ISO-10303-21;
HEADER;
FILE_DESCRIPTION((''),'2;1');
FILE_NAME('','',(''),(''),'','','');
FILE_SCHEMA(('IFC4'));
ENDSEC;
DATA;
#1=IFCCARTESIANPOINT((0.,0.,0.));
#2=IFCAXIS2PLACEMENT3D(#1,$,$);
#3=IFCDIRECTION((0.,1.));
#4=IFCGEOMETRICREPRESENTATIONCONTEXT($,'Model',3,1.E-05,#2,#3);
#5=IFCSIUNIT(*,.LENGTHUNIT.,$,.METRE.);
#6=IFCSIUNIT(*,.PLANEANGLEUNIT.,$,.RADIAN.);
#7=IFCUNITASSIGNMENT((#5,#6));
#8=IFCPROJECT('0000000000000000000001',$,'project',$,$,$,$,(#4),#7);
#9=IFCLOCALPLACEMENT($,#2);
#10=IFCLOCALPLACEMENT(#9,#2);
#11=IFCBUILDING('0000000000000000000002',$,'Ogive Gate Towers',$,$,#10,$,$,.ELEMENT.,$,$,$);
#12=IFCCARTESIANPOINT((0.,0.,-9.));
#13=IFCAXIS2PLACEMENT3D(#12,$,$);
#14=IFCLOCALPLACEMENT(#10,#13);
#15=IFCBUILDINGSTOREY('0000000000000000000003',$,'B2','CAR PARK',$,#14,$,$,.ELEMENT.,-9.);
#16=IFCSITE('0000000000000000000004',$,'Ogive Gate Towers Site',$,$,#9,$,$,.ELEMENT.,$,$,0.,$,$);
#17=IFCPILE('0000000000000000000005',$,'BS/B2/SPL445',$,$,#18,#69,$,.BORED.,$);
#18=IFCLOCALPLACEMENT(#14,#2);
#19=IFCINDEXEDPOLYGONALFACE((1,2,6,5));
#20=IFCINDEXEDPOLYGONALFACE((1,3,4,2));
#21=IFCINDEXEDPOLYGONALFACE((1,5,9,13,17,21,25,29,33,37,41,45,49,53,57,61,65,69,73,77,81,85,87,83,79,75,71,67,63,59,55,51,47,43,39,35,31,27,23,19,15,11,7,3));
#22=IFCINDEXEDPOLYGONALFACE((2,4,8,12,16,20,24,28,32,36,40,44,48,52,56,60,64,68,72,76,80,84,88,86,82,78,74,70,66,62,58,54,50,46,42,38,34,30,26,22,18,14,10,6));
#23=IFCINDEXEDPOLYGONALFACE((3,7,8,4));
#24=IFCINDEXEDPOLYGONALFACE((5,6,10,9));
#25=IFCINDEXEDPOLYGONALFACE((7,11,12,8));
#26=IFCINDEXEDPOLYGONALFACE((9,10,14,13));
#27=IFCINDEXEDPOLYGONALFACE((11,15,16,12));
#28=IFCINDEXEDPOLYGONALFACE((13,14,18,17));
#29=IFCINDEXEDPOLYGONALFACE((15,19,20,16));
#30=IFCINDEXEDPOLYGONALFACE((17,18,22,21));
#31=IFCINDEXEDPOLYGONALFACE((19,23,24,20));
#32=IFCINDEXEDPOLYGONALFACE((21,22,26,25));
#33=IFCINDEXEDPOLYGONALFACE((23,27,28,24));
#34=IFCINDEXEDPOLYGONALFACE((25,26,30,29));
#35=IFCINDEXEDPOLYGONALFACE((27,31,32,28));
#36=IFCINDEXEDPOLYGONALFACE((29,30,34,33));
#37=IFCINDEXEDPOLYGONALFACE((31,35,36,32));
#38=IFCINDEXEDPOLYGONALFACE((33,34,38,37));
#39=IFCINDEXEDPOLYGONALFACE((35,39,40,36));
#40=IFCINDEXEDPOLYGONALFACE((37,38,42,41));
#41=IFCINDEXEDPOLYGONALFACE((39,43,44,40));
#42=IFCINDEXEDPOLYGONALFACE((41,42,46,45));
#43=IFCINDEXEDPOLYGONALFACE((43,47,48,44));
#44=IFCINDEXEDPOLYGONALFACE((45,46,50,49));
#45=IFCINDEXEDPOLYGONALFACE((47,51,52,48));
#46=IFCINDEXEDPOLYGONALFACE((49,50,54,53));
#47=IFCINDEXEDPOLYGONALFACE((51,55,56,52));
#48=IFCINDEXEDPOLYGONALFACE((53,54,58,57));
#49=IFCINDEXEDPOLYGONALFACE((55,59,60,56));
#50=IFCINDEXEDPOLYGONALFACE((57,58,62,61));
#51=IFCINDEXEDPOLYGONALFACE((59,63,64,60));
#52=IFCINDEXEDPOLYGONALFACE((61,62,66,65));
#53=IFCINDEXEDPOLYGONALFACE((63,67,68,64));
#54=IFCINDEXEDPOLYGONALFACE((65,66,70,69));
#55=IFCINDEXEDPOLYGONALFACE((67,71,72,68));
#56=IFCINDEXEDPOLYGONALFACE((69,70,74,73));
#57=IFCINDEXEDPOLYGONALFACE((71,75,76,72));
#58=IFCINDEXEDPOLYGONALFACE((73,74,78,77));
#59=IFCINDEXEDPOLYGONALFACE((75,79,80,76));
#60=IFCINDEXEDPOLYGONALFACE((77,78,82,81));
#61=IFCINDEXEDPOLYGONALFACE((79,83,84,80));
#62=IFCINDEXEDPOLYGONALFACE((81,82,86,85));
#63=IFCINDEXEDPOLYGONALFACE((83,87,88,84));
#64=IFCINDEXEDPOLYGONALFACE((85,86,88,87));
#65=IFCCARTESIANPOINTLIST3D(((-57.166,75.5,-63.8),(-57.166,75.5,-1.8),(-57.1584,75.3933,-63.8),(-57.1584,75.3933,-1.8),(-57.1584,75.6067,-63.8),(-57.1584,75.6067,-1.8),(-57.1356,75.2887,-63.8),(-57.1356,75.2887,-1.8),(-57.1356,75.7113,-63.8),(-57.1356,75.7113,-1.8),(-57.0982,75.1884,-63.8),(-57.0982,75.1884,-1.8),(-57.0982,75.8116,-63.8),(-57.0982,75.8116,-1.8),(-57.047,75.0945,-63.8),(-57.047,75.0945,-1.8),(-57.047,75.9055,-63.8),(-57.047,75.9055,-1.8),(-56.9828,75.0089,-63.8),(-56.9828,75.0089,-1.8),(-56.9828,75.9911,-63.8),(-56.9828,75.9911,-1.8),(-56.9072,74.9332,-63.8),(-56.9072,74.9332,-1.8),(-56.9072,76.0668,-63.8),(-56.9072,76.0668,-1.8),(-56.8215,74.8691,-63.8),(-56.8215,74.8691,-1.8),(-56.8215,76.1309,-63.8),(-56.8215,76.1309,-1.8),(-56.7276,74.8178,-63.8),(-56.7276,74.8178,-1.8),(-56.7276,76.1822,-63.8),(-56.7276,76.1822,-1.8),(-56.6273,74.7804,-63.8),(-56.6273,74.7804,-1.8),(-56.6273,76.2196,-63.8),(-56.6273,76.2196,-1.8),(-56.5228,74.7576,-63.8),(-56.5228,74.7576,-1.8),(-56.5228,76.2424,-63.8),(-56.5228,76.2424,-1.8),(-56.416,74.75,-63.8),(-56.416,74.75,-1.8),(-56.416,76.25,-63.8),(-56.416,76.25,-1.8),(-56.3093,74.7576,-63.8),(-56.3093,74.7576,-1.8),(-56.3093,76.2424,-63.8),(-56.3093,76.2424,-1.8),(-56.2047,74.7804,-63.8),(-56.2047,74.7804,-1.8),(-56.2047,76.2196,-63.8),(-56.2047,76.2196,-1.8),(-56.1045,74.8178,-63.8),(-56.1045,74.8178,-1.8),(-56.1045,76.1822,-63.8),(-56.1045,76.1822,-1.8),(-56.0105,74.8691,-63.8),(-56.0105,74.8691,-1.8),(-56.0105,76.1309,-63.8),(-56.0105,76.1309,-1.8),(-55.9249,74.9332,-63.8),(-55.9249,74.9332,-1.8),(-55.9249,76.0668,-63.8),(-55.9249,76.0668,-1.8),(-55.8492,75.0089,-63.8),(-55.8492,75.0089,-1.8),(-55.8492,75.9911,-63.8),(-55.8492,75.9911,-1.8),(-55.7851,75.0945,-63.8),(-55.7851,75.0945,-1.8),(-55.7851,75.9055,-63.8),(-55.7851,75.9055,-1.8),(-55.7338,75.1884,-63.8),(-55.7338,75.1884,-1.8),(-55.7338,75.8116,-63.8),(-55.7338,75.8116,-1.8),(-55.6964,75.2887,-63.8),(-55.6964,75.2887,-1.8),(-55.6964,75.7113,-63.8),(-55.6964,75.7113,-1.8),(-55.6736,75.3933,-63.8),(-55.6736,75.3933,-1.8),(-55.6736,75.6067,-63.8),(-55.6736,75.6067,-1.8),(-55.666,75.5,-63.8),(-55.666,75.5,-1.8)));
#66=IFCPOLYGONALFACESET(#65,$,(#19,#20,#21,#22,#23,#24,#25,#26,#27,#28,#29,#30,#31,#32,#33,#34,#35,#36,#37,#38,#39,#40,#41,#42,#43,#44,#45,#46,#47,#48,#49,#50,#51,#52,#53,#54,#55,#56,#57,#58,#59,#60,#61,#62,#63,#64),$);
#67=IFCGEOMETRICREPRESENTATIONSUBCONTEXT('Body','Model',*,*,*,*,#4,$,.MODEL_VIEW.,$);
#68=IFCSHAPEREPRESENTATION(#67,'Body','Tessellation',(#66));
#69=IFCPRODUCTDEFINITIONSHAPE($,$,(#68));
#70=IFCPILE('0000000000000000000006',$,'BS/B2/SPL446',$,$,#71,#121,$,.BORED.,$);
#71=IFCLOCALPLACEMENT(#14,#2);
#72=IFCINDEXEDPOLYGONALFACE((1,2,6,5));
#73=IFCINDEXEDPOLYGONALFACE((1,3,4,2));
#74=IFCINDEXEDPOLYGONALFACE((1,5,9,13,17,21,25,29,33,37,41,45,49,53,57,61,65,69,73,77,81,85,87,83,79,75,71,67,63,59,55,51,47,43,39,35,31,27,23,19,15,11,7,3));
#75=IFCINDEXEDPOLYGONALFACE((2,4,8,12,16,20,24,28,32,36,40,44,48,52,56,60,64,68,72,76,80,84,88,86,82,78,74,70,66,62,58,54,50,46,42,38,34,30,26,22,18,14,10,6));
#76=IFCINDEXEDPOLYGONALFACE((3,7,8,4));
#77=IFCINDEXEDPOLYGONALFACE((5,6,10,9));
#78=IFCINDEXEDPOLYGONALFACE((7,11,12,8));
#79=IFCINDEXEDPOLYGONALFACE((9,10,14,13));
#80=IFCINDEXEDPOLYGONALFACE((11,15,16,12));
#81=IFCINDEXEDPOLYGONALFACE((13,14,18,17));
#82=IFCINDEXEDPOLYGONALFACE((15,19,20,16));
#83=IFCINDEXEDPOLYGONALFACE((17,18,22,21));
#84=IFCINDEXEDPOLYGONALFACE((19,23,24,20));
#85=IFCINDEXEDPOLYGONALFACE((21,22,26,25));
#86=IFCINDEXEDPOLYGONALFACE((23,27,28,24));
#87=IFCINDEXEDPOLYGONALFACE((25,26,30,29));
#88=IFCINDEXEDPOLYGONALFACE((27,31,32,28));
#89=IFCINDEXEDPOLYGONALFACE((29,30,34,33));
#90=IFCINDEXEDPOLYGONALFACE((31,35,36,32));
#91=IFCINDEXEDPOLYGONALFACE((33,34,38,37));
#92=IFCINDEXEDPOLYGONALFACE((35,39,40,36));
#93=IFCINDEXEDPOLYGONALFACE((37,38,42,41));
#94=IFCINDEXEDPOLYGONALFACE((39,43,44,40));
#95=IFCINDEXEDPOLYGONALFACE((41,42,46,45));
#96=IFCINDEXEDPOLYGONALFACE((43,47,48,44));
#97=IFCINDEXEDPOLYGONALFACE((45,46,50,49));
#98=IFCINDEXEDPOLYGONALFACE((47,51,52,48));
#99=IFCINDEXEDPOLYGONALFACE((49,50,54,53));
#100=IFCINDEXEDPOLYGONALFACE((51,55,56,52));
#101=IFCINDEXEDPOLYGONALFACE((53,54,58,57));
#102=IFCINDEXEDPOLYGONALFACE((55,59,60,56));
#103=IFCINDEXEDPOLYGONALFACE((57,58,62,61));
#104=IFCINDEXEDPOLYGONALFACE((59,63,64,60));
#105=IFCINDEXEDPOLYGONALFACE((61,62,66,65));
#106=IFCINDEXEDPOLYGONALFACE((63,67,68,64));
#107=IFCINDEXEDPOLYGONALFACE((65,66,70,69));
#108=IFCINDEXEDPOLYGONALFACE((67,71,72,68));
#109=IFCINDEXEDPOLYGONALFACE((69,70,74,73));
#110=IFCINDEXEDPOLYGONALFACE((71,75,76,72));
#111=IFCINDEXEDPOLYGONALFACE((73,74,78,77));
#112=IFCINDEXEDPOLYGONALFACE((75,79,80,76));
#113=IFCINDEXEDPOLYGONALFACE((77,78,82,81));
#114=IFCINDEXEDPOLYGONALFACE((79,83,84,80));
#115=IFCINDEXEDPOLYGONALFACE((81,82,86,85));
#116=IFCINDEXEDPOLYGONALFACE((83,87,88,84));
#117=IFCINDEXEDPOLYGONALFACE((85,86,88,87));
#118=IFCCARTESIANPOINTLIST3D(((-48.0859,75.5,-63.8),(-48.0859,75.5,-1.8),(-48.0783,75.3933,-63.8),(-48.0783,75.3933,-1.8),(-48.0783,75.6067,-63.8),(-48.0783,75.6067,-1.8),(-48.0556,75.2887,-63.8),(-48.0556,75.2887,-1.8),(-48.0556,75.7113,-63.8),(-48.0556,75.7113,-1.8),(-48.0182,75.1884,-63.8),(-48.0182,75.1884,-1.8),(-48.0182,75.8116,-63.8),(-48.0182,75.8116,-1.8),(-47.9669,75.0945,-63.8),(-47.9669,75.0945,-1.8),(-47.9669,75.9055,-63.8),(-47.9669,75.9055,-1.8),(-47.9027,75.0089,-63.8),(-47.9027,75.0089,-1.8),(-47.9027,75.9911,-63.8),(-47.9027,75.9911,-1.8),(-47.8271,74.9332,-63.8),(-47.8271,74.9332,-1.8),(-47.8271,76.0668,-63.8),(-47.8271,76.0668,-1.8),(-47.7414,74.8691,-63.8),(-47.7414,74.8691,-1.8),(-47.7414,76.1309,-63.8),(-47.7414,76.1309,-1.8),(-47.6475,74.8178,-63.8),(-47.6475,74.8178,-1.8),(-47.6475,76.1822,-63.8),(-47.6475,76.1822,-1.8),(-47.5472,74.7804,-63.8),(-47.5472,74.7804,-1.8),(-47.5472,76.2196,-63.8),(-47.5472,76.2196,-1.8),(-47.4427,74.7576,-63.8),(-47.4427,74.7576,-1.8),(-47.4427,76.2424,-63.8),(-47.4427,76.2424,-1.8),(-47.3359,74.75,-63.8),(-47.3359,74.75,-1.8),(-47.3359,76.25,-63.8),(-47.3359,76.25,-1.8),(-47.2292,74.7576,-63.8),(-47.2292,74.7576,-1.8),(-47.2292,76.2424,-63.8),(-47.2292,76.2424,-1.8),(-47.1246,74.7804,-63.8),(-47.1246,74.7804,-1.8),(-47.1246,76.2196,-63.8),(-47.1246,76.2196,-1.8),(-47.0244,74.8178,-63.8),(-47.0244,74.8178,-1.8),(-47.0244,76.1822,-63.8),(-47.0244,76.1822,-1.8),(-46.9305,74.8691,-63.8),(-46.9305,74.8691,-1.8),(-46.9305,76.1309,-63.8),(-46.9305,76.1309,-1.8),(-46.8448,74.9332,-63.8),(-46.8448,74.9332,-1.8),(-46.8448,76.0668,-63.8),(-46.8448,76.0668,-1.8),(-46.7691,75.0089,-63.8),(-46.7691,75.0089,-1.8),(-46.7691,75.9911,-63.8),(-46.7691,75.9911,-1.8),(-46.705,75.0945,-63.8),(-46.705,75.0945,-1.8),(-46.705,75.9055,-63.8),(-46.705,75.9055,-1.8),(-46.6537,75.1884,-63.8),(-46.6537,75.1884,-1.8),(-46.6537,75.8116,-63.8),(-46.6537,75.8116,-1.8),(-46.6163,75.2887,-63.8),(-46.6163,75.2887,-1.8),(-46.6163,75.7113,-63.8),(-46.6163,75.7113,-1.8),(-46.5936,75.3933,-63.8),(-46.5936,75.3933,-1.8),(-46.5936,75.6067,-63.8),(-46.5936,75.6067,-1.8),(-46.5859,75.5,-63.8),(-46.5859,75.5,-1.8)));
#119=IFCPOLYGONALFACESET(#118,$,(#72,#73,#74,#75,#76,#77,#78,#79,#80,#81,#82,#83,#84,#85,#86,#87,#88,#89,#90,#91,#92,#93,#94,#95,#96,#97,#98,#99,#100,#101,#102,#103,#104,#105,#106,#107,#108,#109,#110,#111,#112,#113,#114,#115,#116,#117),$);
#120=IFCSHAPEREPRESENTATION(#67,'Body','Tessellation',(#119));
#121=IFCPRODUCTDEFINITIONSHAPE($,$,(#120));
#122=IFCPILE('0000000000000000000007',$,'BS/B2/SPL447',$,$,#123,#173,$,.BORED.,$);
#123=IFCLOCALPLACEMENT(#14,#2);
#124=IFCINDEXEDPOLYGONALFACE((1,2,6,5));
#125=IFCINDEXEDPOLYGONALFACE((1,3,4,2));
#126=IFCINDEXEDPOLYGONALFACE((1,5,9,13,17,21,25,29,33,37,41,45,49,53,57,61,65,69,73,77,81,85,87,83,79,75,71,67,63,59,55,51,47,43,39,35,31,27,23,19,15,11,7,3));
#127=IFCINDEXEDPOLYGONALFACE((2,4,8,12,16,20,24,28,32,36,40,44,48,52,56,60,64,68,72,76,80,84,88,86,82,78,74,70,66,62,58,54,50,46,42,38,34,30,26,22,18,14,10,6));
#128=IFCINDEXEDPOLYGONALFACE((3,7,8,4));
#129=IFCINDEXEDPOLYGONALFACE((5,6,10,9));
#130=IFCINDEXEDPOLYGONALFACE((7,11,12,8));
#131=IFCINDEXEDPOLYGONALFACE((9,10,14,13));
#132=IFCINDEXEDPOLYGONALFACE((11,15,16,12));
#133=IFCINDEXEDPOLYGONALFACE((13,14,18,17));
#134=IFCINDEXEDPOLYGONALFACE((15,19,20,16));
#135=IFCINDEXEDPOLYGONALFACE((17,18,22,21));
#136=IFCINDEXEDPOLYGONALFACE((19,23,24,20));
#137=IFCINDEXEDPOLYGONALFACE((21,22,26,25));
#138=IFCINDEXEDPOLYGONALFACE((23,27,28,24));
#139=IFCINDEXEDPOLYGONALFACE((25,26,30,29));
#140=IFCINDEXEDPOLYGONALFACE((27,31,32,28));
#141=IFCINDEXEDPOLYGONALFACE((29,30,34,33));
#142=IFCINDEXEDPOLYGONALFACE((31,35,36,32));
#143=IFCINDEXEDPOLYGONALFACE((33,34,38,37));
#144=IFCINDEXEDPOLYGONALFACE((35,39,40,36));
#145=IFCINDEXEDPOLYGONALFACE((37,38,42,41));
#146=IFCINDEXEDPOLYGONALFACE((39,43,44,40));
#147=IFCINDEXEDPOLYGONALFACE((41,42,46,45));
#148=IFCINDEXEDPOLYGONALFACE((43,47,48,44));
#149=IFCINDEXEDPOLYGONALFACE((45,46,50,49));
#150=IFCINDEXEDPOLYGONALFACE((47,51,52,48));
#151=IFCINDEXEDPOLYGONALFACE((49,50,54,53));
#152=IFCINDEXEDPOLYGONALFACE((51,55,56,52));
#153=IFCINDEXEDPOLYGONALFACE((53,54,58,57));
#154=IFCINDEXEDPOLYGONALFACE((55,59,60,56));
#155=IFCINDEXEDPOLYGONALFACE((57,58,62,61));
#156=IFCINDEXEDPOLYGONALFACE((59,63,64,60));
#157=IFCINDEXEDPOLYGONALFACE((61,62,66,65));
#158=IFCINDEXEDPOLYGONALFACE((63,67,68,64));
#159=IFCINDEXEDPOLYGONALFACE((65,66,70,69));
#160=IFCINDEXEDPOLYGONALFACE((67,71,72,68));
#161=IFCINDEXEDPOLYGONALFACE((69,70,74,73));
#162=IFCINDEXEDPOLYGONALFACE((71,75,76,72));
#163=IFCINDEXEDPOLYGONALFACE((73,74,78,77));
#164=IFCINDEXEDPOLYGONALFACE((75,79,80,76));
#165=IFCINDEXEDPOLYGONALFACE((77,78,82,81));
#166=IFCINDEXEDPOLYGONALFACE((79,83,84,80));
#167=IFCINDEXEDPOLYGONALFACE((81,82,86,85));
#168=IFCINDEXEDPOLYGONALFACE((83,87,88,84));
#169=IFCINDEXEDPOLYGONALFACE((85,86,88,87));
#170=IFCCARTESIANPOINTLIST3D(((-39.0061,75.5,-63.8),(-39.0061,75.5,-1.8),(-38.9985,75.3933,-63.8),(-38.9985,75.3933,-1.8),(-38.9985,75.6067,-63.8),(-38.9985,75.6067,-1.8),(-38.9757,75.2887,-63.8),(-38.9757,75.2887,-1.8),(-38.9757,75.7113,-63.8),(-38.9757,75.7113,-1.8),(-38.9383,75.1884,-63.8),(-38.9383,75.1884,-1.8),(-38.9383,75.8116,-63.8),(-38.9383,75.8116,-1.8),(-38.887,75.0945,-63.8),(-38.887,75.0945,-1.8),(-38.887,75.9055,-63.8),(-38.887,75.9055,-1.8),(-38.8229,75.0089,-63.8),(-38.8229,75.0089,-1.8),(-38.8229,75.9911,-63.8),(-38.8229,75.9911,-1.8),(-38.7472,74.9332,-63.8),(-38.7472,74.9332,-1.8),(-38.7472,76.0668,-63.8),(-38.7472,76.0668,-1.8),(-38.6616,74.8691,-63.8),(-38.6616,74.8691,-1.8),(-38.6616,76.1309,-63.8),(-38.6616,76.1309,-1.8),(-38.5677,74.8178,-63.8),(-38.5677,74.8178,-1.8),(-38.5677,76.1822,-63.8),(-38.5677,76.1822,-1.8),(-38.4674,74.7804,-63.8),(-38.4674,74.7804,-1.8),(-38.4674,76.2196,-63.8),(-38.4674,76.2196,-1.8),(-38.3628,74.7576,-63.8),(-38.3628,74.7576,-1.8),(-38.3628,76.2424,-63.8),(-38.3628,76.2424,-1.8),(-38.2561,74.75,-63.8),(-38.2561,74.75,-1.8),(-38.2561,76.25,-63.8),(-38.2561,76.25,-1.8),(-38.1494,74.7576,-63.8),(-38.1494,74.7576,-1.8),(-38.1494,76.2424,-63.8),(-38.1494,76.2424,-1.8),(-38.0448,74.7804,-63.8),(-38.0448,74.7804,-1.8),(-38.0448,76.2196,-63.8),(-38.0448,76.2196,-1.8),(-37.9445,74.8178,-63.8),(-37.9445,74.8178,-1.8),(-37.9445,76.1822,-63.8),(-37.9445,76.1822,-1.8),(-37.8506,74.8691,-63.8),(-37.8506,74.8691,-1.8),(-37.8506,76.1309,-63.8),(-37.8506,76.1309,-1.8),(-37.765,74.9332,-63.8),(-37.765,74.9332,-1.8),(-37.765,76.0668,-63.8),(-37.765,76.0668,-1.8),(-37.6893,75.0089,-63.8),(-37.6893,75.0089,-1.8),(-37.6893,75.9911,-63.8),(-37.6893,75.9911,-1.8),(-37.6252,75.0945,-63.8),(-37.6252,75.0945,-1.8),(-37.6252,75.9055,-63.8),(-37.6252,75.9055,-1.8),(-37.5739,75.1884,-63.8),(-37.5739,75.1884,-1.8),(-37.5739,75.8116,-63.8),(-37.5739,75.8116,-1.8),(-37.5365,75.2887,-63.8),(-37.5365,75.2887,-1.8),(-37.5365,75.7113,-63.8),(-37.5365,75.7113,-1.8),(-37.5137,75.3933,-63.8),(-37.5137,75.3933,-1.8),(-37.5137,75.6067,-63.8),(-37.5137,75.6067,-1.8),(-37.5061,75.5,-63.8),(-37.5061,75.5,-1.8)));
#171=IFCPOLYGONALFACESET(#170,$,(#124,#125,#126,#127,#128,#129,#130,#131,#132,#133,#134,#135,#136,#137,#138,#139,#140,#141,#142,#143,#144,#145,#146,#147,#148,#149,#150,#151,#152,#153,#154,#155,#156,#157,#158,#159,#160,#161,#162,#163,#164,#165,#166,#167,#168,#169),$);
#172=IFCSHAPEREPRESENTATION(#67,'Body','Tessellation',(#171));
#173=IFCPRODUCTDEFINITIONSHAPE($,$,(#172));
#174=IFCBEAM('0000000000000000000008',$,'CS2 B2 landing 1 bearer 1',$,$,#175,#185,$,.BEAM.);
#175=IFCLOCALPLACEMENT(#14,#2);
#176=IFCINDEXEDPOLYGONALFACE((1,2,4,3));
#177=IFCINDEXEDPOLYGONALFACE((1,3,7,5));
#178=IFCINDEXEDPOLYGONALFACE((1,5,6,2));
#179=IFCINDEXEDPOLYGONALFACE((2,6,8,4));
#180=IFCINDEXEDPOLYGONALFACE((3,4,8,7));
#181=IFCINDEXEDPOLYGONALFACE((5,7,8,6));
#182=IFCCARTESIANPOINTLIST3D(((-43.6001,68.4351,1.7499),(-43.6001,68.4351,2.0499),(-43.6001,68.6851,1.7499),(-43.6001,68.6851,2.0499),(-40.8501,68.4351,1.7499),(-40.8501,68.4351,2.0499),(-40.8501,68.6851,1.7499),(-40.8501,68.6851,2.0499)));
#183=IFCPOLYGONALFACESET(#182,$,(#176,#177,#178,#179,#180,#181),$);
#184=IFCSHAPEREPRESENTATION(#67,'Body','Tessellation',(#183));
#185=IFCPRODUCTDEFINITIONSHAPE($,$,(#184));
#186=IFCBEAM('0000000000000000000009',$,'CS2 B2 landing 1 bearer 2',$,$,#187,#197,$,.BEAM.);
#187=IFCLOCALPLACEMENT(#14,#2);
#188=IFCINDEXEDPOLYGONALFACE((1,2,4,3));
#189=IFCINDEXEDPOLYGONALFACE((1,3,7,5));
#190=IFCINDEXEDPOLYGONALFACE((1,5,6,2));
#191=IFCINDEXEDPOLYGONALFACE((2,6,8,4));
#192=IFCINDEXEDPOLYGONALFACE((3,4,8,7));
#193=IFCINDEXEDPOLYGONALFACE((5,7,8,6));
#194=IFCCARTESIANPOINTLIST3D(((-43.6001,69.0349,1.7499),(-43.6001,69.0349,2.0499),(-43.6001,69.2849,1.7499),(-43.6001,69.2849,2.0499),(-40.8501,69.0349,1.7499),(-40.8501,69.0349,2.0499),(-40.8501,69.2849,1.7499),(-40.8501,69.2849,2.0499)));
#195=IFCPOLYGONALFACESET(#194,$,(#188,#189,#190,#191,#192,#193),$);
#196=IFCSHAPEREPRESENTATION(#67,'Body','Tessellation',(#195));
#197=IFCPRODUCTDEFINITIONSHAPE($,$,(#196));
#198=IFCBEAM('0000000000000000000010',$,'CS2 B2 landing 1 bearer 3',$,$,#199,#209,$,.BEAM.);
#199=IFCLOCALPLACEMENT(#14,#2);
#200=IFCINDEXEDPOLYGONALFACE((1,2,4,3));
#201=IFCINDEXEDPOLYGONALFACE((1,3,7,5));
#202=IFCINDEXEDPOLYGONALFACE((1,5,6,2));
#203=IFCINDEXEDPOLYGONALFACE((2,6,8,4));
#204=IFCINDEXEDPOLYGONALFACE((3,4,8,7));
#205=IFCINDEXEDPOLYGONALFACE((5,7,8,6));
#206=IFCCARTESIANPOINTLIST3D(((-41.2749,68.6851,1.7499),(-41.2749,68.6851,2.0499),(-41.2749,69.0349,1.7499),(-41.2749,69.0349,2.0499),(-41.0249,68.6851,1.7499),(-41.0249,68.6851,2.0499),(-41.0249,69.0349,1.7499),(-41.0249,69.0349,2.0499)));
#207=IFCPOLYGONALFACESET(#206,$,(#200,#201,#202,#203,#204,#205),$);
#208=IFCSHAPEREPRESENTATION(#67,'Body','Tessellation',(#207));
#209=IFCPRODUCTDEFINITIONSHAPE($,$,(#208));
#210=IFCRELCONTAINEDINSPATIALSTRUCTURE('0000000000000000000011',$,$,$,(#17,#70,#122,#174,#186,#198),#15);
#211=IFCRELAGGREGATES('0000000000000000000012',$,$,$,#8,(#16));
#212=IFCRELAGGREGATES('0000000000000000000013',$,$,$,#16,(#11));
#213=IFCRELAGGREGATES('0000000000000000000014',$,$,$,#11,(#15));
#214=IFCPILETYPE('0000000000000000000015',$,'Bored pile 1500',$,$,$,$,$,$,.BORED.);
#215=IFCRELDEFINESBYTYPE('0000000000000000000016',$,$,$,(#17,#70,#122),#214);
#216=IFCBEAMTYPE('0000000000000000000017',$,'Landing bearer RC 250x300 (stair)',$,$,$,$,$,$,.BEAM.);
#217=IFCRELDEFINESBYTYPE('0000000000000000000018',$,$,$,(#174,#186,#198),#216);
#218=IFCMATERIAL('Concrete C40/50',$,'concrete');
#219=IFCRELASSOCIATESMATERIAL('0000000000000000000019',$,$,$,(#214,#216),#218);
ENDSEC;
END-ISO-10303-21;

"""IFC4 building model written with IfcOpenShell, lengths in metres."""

from ifc_helpers import new_model, si_unit, direction, frame, origin, origin_2d, place, context, subcontext, project, spatial, rectangle, circle, extrude, material, material_profile, profile_set, type_object, element, save


model = new_model("IFC4")

# Units and contexts
model_context = context("Model", 3, precision=1e-05, world=origin(), true_north=direction((0.0, 1.0)))
body_context = subcontext(model_context, "Body", "Model", "MODEL_VIEW")
ifc_project = project(units=[si_unit("LENGTHUNIT", "METRE"), si_unit("PLANEANGLEUNIT", "RADIAN")], contexts=[model_context])

# Site, building, storey
site_placement = place(None, origin())
site = spatial("IfcSite", under=ifc_project, at=site_placement, Name="Ogive Gate Towers Site", CompositionType="ELEMENT", RefElevation=0.0)
building_placement = place(site_placement, origin())
building = spatial("IfcBuilding", under=site, at=building_placement, Name="Ogive Gate Towers", CompositionType="ELEMENT")
storey_placement = place(building_placement, frame((0.0, 0.0, -9.0)))
storey = spatial("IfcBuildingStorey", under=building, at=storey_placement, Name="B2", Description="CAR PARK", CompositionType="ELEMENT", Elevation=-9.0)

# Piles
ifc_material_1 = material(Name="Concrete C40/50", Category="concrete")
ifc_material_profile_1 = material_profile(ifc_material_1, circle(Radius=0.75, at=origin_2d()), Name="BP 1500")
ifc_profile_set_1 = profile_set([ifc_material_profile_1], Name="Concrete C40/50")
pile_type = type_object("IfcPileType", Name="Bored pile 1500", PredefinedType="BORED", material=ifc_profile_set_1)
for number, where, z_axis, x_axis, name in (
    (1, (-56.416, 75.5, -1.8), (0.0, 0.0, -1.0), (1.0, 0.0, 0.0), "BS/B2/SPL445"),
    (2, (-47.3359, 75.5, -1.8), (0.0, 0.0, -1.0), (1.0, 0.0, 0.0), "BS/B2/SPL446"),
    (3, (-38.2561, 75.5, -1.8), (0.0, 0.0, -1.0), (1.0, 0.0, 0.0), "BS/B2/SPL447"),
):
    element("IfcPile", number, at=place(storey_placement, frame(where, z_axis=z_axis, x_axis=x_axis)), inside=storey, type_object=pile_type, Name=name, PredefinedType="BORED", context=body_context, shape_type="SweptSolid", body=[
        extrude(circle(Radius=0.75, at=origin_2d()), origin(), (0.0, 0.0, 1.0), 62.0),
    ])

# Beams
ifc_material_profile_2 = material_profile(ifc_material_1, rectangle(XDim=0.25, YDim=0.3, at=origin_2d()), Name="RC 250x300")
ifc_profile_set_2 = profile_set([ifc_material_profile_2], Name="Concrete C40/50")
beam_type = type_object("IfcBeamType", Name="Landing bearer RC 250x300 (stair)", PredefinedType="BEAM", material=ifc_profile_set_2)
for number, where, z_axis, x_axis, name in (
    (4, (-40.8501, 68.5601, 1.8999), (-1.0, 0.0, 0.0), (0.0, -1.0, 0.0), "CS2 B2 landing 1 bearer 1"),
    (5, (-40.8501, 69.1599, 1.8999), (-1.0, 0.0, 0.0), (0.0, -1.0, 0.0), "CS2 B2 landing 1 bearer 2"),
):
    element("IfcBeam", number, at=place(storey_placement, frame(where, z_axis=z_axis, x_axis=x_axis)), inside=storey, type_object=beam_type, Name=name, PredefinedType="BEAM", context=body_context, shape_type="SweptSolid", body=[
        extrude(rectangle(XDim=0.25, YDim=0.3, at=origin_2d()), origin(), (0.0, 0.0, 1.0), 2.75),
    ])
beam_placement = place(storey_placement, frame((-41.1499, 68.6851, 1.8999), z_axis=(0.0, 1.0, 0.0), x_axis=(-1.0, 0.0, 0.0)))
element("IfcBeam", 6, at=beam_placement, inside=storey, type_object=beam_type, Name="CS2 B2 landing 1 bearer 3", PredefinedType="BEAM", context=body_context, shape_type="SweptSolid", body=[
    extrude(rectangle(XDim=0.25, YDim=0.3, at=origin_2d()), origin(), (0.0, 0.0, 1.0), 0.3499),
])

save(model, "model.ifc")
